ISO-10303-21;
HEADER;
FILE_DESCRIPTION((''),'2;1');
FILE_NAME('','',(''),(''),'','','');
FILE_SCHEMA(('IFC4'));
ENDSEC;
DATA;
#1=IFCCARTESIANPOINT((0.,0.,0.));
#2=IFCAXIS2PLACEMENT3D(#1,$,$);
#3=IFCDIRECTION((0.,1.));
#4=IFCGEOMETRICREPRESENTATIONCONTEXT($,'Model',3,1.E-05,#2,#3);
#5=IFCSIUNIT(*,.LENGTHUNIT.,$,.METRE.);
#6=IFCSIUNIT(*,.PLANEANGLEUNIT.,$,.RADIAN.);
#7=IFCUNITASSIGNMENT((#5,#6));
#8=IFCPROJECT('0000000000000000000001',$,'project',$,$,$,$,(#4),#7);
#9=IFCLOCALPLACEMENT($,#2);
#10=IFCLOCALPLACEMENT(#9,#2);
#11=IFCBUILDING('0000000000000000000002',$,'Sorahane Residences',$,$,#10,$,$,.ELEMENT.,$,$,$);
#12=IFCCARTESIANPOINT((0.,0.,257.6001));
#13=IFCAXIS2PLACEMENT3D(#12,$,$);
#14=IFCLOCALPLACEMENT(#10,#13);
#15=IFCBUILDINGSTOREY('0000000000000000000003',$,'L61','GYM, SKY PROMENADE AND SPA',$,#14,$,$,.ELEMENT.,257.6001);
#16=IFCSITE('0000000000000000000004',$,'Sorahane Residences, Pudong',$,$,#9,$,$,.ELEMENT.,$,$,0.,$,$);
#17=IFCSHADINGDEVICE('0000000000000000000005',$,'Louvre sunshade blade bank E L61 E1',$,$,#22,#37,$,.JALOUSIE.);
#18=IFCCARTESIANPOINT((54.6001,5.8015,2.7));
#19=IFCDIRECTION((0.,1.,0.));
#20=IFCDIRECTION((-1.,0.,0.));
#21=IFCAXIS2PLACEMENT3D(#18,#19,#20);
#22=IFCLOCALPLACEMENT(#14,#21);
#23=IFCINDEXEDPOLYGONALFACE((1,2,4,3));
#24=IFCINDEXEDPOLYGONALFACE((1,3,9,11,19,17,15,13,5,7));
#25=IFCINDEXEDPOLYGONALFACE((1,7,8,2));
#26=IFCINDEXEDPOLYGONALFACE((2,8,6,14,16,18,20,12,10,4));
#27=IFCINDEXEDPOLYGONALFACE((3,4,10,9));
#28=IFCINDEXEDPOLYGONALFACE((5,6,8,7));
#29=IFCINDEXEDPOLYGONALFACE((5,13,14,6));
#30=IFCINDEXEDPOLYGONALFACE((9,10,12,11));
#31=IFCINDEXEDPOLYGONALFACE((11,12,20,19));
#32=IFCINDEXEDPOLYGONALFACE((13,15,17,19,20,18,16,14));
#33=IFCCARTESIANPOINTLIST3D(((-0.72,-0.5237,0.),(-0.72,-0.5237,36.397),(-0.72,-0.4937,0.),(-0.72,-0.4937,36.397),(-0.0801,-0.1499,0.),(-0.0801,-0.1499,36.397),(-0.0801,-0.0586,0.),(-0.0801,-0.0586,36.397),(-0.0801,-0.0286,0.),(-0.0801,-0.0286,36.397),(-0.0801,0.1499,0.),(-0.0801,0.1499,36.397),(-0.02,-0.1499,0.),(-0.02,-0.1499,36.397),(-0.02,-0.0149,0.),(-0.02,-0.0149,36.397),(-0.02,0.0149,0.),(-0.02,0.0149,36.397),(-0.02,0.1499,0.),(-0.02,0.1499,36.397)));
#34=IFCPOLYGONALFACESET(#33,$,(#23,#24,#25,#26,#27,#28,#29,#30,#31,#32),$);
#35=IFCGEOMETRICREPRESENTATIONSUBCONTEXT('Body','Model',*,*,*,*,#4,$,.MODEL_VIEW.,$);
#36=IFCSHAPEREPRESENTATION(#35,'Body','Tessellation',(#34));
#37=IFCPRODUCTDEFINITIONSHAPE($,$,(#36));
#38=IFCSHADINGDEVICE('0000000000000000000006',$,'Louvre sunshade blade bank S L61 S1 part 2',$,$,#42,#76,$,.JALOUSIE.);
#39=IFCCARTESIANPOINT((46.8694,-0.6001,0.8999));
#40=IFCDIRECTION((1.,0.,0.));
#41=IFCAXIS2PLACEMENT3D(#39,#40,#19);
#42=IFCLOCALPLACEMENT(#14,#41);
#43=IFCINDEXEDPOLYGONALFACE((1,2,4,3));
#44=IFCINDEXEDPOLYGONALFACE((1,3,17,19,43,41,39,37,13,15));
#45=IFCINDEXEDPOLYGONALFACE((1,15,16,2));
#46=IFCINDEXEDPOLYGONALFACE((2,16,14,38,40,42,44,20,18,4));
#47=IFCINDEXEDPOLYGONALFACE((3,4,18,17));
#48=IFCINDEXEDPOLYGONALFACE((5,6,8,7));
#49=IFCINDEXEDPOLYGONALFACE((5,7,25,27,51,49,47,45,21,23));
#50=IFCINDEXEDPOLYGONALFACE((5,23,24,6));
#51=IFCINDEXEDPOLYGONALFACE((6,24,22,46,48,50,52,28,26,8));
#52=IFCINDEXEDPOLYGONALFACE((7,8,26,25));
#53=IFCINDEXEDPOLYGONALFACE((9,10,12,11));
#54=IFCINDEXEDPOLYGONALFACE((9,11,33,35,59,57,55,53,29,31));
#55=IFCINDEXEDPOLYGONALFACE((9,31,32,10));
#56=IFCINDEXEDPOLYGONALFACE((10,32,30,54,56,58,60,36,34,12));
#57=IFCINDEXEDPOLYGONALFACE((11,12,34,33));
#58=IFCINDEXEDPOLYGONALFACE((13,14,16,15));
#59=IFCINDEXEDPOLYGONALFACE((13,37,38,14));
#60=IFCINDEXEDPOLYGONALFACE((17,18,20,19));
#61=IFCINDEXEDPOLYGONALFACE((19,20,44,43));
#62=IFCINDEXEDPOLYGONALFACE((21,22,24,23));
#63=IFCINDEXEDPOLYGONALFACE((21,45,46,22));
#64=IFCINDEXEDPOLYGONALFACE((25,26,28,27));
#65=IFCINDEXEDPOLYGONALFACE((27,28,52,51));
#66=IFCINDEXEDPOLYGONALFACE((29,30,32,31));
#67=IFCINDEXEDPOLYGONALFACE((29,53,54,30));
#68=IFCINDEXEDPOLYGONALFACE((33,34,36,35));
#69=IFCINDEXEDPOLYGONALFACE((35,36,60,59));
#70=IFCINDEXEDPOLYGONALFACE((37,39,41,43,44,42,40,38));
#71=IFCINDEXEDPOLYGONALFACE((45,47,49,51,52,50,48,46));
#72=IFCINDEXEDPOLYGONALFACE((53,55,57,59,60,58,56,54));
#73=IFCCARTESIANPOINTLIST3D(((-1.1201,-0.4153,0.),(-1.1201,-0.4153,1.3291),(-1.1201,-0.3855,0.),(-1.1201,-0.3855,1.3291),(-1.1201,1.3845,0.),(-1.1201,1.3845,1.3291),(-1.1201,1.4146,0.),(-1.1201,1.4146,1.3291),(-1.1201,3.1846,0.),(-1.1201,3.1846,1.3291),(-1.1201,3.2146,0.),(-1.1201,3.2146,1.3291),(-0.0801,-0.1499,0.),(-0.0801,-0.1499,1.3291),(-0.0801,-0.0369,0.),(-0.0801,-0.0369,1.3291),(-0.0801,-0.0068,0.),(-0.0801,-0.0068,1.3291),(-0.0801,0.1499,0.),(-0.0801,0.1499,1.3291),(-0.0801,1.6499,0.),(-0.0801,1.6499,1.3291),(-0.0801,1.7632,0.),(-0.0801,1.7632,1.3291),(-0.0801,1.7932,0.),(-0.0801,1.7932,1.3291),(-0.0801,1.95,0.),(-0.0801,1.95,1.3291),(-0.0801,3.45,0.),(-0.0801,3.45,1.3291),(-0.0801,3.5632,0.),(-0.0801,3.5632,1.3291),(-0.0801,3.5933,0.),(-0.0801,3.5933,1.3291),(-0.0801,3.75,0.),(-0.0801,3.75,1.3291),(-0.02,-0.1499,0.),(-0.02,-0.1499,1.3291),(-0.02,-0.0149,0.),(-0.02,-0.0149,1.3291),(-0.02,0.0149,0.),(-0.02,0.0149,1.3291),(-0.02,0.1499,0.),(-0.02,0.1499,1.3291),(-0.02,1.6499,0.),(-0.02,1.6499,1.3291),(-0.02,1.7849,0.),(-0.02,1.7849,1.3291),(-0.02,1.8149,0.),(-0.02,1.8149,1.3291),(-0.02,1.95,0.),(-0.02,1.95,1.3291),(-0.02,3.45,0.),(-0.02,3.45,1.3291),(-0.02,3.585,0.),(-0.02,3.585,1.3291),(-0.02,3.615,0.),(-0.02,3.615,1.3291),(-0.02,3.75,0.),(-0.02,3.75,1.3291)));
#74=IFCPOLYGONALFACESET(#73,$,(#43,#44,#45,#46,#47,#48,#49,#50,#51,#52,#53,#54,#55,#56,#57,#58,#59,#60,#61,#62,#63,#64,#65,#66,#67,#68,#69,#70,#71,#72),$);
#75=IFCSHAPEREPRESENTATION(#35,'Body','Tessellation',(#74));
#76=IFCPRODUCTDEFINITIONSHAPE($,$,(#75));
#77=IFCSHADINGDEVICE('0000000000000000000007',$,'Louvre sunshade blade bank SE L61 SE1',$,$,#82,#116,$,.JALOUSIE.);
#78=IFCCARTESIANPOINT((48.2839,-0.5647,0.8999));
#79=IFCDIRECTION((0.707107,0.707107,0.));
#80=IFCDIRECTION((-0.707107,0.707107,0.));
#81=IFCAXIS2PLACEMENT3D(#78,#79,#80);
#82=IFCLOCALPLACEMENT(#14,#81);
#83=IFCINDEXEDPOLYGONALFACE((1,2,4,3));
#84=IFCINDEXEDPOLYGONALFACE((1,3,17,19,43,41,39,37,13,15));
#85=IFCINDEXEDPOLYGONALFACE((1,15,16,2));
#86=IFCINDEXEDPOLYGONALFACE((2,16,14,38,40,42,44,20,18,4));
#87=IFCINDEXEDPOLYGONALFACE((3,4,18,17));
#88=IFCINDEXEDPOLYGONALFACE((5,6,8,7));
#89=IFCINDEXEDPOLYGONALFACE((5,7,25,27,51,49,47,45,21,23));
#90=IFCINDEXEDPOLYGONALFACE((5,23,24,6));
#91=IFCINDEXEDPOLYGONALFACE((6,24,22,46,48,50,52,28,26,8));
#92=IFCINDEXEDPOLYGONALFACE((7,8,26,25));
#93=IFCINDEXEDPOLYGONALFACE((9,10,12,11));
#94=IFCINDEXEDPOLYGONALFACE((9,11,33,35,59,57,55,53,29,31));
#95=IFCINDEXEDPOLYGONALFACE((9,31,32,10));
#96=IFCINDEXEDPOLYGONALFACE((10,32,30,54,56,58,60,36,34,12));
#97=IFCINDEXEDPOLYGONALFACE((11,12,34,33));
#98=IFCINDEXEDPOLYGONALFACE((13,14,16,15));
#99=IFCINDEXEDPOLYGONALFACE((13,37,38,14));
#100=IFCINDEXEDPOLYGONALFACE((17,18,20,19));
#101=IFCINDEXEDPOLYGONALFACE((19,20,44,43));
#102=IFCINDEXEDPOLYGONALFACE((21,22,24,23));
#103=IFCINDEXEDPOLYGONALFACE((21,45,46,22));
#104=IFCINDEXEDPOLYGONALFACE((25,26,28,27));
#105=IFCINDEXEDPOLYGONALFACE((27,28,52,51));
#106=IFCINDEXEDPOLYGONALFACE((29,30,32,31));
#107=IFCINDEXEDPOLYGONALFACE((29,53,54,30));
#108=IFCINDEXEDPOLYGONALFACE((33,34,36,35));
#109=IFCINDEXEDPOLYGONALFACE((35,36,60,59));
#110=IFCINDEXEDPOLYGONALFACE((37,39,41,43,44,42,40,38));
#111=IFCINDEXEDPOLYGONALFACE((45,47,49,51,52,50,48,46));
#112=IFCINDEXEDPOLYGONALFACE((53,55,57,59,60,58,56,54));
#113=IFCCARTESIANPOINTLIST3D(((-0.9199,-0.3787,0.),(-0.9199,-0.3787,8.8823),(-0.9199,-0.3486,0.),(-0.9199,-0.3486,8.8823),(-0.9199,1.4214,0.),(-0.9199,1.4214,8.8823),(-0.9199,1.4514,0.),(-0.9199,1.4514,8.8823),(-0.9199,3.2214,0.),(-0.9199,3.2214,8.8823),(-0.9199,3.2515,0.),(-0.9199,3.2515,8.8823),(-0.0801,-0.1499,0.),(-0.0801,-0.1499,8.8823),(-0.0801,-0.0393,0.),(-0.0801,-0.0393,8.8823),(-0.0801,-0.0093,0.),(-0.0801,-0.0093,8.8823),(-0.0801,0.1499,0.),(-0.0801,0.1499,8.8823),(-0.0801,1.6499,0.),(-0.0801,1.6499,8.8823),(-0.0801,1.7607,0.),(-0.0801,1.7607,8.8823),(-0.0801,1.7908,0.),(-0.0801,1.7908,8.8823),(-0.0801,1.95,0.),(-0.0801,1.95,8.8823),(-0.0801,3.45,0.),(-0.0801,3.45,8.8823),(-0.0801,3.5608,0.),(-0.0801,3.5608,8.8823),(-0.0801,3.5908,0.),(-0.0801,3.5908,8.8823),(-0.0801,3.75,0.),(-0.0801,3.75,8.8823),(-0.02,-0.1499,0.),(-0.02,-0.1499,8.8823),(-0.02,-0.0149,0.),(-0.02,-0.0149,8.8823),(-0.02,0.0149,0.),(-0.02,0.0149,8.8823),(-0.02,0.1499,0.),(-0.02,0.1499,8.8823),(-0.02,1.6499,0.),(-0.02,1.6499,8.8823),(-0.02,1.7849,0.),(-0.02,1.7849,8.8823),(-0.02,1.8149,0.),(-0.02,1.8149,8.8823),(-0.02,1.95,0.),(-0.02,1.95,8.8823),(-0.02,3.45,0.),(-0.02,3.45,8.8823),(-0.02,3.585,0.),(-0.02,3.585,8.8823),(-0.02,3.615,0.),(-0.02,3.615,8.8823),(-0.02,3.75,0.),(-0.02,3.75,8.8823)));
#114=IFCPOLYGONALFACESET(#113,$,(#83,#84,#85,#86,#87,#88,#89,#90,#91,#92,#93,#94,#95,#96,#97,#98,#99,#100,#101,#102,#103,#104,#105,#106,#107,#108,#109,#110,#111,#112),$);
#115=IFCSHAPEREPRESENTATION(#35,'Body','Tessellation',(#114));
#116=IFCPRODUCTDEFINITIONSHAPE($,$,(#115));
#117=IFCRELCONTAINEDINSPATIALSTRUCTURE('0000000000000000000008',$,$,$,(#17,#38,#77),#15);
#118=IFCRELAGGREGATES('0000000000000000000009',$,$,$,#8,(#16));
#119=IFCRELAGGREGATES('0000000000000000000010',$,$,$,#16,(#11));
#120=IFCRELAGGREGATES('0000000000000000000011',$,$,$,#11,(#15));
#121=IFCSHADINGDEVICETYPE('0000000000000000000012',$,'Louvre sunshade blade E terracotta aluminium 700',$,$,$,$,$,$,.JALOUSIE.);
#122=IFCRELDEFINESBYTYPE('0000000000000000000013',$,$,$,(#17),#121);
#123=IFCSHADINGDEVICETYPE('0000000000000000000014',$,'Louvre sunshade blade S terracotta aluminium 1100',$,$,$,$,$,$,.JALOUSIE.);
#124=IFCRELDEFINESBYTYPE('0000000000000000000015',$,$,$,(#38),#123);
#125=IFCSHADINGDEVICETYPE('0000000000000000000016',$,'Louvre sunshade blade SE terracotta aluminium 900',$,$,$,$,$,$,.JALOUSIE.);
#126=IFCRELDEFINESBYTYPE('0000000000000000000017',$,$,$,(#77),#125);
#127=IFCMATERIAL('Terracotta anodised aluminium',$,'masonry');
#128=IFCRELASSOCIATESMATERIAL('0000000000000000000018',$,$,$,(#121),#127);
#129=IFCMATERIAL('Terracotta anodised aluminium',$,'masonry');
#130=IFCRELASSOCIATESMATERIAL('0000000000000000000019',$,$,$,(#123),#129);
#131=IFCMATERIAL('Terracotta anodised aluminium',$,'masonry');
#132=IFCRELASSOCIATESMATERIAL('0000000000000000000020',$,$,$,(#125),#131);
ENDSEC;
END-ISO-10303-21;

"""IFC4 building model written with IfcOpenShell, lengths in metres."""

from ifc_helpers import new_model, si_unit, direction, frame, origin, place, context, subcontext, project, spatial, polyline, outline, composite_profile, extrude, material, type_object, element, save


model = new_model("IFC4")

# Units and contexts
model_context = context("Model", 3, precision=1e-05, world=origin(), true_north=direction((0.0, 1.0)))
body_context = subcontext(model_context, "Body", "Model", "MODEL_VIEW")
ifc_project = project(units=[si_unit("LENGTHUNIT", "METRE"), si_unit("PLANEANGLEUNIT", "RADIAN")], contexts=[model_context])

# Site, building, storey
site_placement = place(None, origin())
site = spatial("IfcSite", under=ifc_project, at=site_placement, Name="Sorahane Residences, Pudong", CompositionType="ELEMENT", RefElevation=0.0)
building_placement = place(site_placement, origin())
building = spatial("IfcBuilding", under=site, at=building_placement, Name="Sorahane Residences", CompositionType="ELEMENT")
storey_placement = place(building_placement, frame((0.0, 0.0, 257.6001)))
storey = spatial("IfcBuildingStorey", under=building, at=storey_placement, Name="L61", Description="GYM, SKY PROMENADE AND SPA", CompositionType="ELEMENT", Elevation=257.6001)

# Shading devices
ifc_material_1 = material(Name="Terracotta anodised aluminium", Category="masonry")
shading_device_type_1 = type_object("IfcShadingDeviceType", Name="Louvre sunshade blade E terracotta aluminium 700", PredefinedType="JALOUSIE", material=ifc_material_1)
shading_device_1_placement = place(storey_placement, frame((54.6001, 5.8015, 2.7), z_axis=(0.0, 1.0, 0.0), x_axis=(-1.0, 0.0, 0.0)))
element("IfcShadingDevice", 1, at=shading_device_1_placement, inside=storey, type_object=shading_device_type_1, Name="Louvre sunshade blade bank E L61 E1", PredefinedType="JALOUSIE", context=body_context, shape_type="SweptSolid", body=[
    extrude(outline(polyline([(-0.72, -0.4937), (-0.72, -0.5237), (-0.0801, -0.0586), (-0.0801, -0.1499), (-0.02, -0.1499), (-0.02, -0.0149), (-0.02, 0.0149), (-0.02, 0.1499), (-0.0801, 0.1499), (-0.0801, -0.0286), (-0.72, -0.4937)])), origin(), (0.0, 0.0, 1.0), 36.397),
])
ifc_material_2 = material(Name="Terracotta anodised aluminium", Category="masonry")
shading_device_type_2 = type_object("IfcShadingDeviceType", Name="Louvre sunshade blade S terracotta aluminium 1100", PredefinedType="JALOUSIE", material=ifc_material_2)
shading_device_2_placement = place(storey_placement, frame((46.8694, -0.6001, 0.8999), z_axis=(1.0, 0.0, 0.0), x_axis=(0.0, 1.0, 0.0)))
element("IfcShadingDevice", 2, at=shading_device_2_placement, inside=storey, type_object=shading_device_type_2, Name="Louvre sunshade blade bank S L61 S1 part 2", PredefinedType="JALOUSIE", context=body_context, shape_type="SweptSolid", body=[
    extrude(composite_profile([outline(polyline([(-1.1201, -0.3855), (-1.1201, -0.4153), (-0.0801, -0.0369), (-0.0801, -0.1499), (-0.02, -0.1499), (-0.02, -0.0149), (-0.02, 0.0149), (-0.02, 0.1499), (-0.0801, 0.1499), (-0.0801, -0.0068), (-1.1201, -0.3855)])), outline(polyline([(-1.1201, 1.4146), (-1.1201, 1.3845), (-0.0801, 1.7632), (-0.0801, 1.6499), (-0.02, 1.6499), (-0.02, 1.7849), (-0.02, 1.8149), (-0.02, 1.95), (-0.0801, 1.95), (-0.0801, 1.7932), (-1.1201, 1.4146)])), outline(polyline([(-1.1201, 3.2146), (-1.1201, 3.1846), (-0.0801, 3.5632), (-0.0801, 3.45), (-0.02, 3.45), (-0.02, 3.585), (-0.02, 3.615), (-0.02, 3.75), (-0.0801, 3.75), (-0.0801, 3.5933), (-1.1201, 3.2146)]))]), origin(), (0.0, 0.0, 1.0), 1.3291),
])
ifc_material_3 = material(Name="Terracotta anodised aluminium", Category="masonry")
shading_device_type_3 = type_object("IfcShadingDeviceType", Name="Louvre sunshade blade SE terracotta aluminium 900", PredefinedType="JALOUSIE", material=ifc_material_3)
shading_device_3_placement = place(storey_placement, frame((48.2839, -0.5647, 0.8999), z_axis=(0.707107, 0.707107, 0.0), x_axis=(-0.707107, 0.707107, 0.0)))
element("IfcShadingDevice", 3, at=shading_device_3_placement, inside=storey, type_object=shading_device_type_3, Name="Louvre sunshade blade bank SE L61 SE1", PredefinedType="JALOUSIE", context=body_context, shape_type="SweptSolid", body=[
    extrude(composite_profile([outline(polyline([(-0.9199, -0.3486), (-0.9199, -0.3787), (-0.0801, -0.0393), (-0.0801, -0.1499), (-0.02, -0.1499), (-0.02, -0.0149), (-0.02, 0.0149), (-0.02, 0.1499), (-0.0801, 0.1499), (-0.0801, -0.0093), (-0.9199, -0.3486)])), outline(polyline([(-0.9199, 1.4514), (-0.9199, 1.4214), (-0.0801, 1.7607), (-0.0801, 1.6499), (-0.02, 1.6499), (-0.02, 1.7849), (-0.02, 1.8149), (-0.02, 1.95), (-0.0801, 1.95), (-0.0801, 1.7908), (-0.9199, 1.4514)])), outline(polyline([(-0.9199, 3.2515), (-0.9199, 3.2214), (-0.0801, 3.5608), (-0.0801, 3.45), (-0.02, 3.45), (-0.02, 3.585), (-0.02, 3.615), (-0.02, 3.75), (-0.0801, 3.75), (-0.0801, 3.5908), (-0.9199, 3.2515)]))]), origin(), (0.0, 0.0, 1.0), 8.8823),
])

save(model, "model.ifc")
